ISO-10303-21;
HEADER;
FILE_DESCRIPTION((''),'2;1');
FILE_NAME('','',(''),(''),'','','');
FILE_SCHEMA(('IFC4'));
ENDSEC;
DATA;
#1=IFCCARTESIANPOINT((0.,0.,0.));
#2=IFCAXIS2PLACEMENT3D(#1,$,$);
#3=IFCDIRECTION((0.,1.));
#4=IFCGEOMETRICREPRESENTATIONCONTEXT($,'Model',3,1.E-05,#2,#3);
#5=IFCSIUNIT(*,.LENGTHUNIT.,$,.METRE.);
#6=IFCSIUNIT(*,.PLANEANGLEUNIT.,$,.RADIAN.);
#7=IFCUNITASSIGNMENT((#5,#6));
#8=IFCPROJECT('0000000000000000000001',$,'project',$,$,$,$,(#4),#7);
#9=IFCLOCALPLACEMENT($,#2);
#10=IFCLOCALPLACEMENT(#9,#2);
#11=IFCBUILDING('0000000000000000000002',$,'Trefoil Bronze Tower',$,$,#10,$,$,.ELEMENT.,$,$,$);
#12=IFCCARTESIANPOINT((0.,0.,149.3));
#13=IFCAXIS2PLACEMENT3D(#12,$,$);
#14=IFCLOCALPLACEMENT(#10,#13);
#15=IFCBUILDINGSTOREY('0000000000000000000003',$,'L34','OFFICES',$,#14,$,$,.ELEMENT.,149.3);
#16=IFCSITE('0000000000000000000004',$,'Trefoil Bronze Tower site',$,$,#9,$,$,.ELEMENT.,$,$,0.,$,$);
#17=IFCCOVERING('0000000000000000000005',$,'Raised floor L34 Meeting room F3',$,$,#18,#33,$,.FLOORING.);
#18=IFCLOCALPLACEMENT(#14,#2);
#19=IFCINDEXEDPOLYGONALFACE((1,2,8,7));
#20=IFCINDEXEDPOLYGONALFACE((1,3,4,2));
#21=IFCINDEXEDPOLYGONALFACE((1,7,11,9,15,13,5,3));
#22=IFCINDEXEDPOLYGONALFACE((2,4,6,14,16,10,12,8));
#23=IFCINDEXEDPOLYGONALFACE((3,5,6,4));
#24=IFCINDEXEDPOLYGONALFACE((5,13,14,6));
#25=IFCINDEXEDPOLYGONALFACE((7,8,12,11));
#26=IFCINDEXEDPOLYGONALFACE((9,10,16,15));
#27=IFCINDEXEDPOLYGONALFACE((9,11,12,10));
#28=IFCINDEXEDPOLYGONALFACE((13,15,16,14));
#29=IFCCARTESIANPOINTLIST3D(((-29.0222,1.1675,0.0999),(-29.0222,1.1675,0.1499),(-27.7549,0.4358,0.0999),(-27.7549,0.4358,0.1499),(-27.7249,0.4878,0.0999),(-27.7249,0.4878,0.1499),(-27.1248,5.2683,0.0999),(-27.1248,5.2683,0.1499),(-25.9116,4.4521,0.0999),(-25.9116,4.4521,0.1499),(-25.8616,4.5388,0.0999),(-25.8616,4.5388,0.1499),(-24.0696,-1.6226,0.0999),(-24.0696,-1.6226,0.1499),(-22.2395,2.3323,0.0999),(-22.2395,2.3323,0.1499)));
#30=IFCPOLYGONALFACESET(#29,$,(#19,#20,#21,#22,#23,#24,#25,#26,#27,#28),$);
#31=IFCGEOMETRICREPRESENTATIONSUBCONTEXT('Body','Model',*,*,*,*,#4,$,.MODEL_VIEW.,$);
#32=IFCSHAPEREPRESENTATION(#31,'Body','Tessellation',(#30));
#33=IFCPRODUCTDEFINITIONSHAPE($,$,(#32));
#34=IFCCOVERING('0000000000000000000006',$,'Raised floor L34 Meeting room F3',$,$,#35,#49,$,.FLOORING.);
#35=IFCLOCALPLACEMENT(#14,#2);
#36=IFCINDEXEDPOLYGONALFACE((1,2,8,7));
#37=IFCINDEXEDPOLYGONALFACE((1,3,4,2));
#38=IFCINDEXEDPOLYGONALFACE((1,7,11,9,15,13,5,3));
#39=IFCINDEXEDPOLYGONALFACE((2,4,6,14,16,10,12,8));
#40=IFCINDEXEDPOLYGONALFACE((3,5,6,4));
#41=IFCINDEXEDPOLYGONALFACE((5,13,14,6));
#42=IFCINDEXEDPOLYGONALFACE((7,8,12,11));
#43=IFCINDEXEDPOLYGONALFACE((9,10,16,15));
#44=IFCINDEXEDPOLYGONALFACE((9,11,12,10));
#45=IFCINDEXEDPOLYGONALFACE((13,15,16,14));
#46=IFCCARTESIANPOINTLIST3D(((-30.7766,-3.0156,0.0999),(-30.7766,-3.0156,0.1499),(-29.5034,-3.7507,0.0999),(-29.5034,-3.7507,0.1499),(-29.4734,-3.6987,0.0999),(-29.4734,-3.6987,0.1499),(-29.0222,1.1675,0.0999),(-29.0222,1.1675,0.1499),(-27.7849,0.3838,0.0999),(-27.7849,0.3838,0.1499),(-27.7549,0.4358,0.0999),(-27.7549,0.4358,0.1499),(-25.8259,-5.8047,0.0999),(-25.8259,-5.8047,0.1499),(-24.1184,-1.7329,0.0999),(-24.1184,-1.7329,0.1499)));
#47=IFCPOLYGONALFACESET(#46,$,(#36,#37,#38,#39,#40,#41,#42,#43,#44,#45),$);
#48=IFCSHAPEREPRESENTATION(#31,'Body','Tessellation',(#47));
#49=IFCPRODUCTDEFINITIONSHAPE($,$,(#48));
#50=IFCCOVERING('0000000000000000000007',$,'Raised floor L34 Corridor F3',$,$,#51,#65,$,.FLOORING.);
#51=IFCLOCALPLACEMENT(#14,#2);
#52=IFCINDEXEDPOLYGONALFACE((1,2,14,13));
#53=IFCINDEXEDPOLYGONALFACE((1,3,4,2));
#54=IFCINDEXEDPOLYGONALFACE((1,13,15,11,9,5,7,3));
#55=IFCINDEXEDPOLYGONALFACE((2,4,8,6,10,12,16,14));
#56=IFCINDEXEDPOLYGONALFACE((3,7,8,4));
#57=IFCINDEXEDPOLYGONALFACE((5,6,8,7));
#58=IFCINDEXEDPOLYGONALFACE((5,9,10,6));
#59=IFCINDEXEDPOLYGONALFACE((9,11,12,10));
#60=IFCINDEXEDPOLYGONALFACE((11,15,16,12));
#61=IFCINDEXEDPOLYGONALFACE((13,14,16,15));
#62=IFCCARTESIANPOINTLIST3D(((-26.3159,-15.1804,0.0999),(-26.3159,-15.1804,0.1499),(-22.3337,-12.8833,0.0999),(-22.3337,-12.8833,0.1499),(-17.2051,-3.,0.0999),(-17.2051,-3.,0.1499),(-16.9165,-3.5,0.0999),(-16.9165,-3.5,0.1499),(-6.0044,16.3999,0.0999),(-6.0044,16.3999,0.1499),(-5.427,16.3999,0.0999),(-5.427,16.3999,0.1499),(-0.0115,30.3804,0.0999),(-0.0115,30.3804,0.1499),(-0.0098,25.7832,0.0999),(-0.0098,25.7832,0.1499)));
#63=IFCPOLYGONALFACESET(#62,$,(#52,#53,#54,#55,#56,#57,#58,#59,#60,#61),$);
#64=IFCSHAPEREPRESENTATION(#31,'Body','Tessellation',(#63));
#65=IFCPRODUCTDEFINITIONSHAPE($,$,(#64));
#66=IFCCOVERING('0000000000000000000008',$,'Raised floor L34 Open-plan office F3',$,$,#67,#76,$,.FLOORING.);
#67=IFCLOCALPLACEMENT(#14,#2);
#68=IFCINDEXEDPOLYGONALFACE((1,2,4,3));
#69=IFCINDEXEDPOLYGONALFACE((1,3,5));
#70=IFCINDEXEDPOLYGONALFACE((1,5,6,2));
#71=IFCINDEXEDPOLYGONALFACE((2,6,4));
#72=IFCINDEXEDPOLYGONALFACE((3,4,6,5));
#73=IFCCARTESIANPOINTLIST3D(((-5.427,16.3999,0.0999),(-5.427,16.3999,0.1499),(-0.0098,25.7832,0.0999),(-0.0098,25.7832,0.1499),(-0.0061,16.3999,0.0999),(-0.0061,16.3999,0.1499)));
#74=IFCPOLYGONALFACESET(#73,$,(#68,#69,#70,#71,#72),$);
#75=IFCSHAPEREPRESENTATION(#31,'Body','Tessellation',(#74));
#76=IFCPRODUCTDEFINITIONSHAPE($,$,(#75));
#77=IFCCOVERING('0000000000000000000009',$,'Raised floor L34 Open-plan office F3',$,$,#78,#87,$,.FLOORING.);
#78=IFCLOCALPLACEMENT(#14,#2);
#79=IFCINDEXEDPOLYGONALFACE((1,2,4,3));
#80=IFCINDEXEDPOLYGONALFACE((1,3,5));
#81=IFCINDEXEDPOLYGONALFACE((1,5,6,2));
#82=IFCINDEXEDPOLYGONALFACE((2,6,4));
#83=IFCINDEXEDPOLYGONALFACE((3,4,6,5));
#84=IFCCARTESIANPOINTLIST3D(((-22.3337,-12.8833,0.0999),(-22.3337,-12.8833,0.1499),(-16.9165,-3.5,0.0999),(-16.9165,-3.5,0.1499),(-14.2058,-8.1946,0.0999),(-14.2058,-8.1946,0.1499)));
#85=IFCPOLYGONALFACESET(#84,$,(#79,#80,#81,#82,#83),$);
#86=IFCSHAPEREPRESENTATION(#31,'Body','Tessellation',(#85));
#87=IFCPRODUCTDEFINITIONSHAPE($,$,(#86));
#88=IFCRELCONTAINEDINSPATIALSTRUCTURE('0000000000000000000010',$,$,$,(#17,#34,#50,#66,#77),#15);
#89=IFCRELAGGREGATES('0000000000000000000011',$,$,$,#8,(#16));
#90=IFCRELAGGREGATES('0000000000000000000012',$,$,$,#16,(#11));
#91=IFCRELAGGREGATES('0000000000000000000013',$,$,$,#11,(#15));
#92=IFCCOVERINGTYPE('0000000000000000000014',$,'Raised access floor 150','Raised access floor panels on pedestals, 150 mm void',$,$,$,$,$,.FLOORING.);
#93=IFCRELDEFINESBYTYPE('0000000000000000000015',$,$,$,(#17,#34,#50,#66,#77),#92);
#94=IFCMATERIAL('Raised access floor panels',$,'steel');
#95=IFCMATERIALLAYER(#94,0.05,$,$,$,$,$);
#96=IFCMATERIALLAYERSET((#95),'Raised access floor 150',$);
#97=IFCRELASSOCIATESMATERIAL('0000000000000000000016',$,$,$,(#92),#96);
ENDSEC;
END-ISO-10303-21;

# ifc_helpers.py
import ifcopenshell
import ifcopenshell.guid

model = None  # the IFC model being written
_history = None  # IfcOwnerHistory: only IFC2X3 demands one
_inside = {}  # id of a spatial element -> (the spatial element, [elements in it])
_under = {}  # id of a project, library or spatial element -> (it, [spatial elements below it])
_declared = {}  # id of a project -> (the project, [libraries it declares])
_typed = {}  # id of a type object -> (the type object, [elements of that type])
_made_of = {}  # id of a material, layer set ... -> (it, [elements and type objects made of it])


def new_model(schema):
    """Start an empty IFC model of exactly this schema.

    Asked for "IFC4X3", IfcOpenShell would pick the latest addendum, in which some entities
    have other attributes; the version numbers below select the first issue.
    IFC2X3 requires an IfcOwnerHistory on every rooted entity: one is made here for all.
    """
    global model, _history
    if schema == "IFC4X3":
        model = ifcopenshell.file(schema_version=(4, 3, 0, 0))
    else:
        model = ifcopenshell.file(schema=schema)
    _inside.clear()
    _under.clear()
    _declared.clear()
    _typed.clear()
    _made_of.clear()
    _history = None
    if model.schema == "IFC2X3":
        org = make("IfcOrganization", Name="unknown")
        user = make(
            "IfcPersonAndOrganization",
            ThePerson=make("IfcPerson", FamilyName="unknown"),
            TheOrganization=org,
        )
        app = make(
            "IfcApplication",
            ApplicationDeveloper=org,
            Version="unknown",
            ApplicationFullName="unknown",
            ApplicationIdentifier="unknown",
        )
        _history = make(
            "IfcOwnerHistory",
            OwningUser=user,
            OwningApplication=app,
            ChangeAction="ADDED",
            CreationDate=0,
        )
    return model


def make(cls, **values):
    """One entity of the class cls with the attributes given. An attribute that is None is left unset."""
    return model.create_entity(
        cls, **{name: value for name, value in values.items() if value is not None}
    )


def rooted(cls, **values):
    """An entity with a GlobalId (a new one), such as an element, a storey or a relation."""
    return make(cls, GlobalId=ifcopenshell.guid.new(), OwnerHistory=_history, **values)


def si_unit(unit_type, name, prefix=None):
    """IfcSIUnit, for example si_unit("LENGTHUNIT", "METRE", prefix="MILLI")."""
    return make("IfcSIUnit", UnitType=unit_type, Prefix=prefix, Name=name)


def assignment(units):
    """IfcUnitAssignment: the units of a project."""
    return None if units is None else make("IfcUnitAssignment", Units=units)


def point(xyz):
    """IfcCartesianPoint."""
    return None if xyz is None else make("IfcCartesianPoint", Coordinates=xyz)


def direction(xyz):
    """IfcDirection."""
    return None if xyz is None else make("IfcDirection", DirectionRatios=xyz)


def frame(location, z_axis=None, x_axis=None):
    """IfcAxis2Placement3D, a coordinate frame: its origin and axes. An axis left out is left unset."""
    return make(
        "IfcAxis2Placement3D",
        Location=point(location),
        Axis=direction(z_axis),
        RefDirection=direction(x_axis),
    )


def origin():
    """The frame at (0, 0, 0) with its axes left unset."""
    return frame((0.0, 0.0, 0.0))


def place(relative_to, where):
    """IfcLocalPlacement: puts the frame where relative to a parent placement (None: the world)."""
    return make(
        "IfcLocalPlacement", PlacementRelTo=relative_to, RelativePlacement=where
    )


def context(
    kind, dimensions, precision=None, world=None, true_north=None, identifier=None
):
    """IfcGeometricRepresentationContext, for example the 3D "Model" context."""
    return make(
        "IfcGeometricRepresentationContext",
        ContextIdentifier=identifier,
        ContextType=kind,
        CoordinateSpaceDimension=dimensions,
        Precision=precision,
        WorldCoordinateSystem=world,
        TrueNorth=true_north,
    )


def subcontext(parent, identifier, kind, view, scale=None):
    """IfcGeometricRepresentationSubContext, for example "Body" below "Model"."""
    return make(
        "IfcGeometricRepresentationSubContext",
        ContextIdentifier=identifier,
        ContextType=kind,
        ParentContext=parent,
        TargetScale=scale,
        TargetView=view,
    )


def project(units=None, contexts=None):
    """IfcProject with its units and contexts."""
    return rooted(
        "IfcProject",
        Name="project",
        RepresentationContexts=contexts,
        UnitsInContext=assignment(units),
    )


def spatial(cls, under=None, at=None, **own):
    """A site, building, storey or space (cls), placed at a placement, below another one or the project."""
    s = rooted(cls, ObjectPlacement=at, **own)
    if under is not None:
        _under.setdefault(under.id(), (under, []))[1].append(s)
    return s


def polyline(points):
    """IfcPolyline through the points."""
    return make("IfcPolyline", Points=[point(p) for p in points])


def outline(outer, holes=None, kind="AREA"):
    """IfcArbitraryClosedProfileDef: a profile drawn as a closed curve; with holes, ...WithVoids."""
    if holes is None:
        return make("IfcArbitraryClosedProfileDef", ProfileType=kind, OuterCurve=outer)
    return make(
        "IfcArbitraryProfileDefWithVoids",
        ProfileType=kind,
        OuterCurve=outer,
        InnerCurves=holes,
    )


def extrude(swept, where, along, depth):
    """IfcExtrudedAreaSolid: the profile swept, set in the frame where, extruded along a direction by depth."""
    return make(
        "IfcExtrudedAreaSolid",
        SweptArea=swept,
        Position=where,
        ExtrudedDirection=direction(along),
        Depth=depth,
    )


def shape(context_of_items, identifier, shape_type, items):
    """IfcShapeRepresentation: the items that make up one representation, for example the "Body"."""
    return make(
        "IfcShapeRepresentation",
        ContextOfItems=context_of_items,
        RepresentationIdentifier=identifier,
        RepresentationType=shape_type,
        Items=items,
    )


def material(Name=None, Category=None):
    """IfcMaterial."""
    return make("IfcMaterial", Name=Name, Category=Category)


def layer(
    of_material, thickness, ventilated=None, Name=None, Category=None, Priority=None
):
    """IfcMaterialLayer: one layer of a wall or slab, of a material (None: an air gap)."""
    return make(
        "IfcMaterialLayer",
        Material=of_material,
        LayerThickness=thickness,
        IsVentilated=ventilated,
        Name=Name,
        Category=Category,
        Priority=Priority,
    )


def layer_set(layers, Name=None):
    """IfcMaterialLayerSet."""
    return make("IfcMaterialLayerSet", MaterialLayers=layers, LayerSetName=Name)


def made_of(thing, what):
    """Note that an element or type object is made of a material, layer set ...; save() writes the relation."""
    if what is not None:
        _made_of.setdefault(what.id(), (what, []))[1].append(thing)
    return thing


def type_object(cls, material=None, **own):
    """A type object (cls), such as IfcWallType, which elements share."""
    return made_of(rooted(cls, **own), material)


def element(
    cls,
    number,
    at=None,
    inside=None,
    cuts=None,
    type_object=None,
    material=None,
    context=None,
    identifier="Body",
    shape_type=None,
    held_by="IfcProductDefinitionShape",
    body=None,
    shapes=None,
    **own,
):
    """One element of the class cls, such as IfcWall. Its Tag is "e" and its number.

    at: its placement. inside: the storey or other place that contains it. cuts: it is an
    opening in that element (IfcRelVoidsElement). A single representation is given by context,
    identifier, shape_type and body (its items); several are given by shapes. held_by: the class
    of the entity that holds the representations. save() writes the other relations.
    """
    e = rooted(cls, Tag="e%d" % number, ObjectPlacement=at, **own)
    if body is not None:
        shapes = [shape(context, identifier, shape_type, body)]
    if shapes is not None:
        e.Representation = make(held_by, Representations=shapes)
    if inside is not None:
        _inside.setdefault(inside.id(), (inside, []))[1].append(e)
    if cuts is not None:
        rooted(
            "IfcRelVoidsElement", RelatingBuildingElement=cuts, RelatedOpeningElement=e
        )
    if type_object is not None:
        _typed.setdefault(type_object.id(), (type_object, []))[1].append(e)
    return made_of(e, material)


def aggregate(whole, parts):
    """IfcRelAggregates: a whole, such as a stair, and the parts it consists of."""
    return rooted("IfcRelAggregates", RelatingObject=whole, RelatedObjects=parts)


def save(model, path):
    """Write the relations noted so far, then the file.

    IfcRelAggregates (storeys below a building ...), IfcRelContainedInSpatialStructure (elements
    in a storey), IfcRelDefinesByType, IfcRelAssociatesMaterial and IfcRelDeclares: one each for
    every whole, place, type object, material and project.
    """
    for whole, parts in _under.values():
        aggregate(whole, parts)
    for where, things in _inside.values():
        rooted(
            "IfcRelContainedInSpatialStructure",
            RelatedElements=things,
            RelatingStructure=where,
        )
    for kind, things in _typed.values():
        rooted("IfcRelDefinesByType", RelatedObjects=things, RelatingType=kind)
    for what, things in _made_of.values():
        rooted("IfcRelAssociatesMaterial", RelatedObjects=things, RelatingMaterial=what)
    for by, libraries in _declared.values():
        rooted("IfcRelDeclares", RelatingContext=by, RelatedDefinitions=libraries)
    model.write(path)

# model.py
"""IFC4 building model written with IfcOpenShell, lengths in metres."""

from ifc_helpers import new_model, si_unit, direction, frame, origin, place, context, subcontext, project, spatial, polyline, outline, extrude, material, layer, layer_set, type_object, element, save


model = new_model("IFC4")

# Units and contexts
model_context = context("Model", 3, precision=1e-05, world=origin(), true_north=direction((0.0, 1.0)))
body_context = subcontext(model_context, "Body", "Model", "MODEL_VIEW")
ifc_project = project(units=[si_unit("LENGTHUNIT", "METRE"), si_unit("PLANEANGLEUNIT", "RADIAN")], contexts=[model_context])

# Site, building, storey
site_placement = place(None, origin())
site = spatial("IfcSite", under=ifc_project, at=site_placement, Name="Trefoil Bronze Tower site", CompositionType="ELEMENT", RefElevation=0.0)
building_placement = place(site_placement, origin())
building = spatial("IfcBuilding", under=site, at=building_placement, Name="Trefoil Bronze Tower", CompositionType="ELEMENT")
storey_placement = place(building_placement, frame((0.0, 0.0, 149.3)))
storey = spatial("IfcBuildingStorey", under=building, at=storey_placement, Name="L34", Description="OFFICES", CompositionType="ELEMENT", Elevation=149.3)

# Coverings
ifc_material_1 = material(Name="Raised access floor panels", Category="steel")
ifc_layer_1 = layer(ifc_material_1, 0.05)
ifc_layer_set_1 = layer_set([ifc_layer_1], Name="Raised access floor 150")
covering_type_1 = type_object("IfcCoveringType", Name="Raised access floor 150", Description="Raised access floor panels on pedestals, 150 mm void", PredefinedType="FLOORING", material=ifc_layer_set_1)
covering_1_placement = place(storey_placement, frame((0.0, 0.0, 0.0999)))
element("IfcCovering", 1, at=covering_1_placement, inside=storey, type_object=covering_type_1, Name="Raised floor L34 Meeting room F3", PredefinedType="FLOORING", context=body_context, shape_type="SweptSolid", body=[
    extrude(outline(polyline([(-25.8616, 4.5388), (-25.9116, 4.4521), (-22.2395, 2.3323), (-24.0696, -1.6226), (-27.7249, 0.4878), (-27.7549, 0.4358), (-29.0222, 1.1675), (-27.1248, 5.2683), (-25.8616, 4.5388)])), origin(), (0.0, 0.0, 1.0), 0.05),
])
covering_2_placement = place(storey_placement, frame((0.0, 0.0, 0.0999)))
element("IfcCovering", 2, at=covering_2_placement, inside=storey, type_object=covering_type_1, Name="Raised floor L34 Meeting room F3", PredefinedType="FLOORING", context=body_context, shape_type="SweptSolid", body=[
    extrude(outline(polyline([(-27.7549, 0.4358), (-27.7849, 0.3838), (-24.1184, -1.7329), (-25.8259, -5.8047), (-29.4734, -3.6987), (-29.5034, -3.7507), (-30.7766, -3.0156), (-29.0222, 1.1675), (-27.7549, 0.4358)])), origin(), (0.0, 0.0, 1.0), 0.05),
])
covering_3_placement = place(storey_placement, frame((0.0, 0.0, 0.0999)))
element("IfcCovering", 3, at=covering_3_placement, inside=storey, type_object=covering_type_1, Name="Raised floor L34 Corridor F3", PredefinedType="FLOORING", context=body_context, shape_type="SweptSolid", body=[
    extrude(outline(polyline([(-26.3159, -15.1804), (-0.0115, 30.3804), (-0.0098, 25.7832), (-5.427, 16.3999), (-6.0044, 16.3999), (-17.2051, -3.0), (-16.9165, -3.5), (-22.3337, -12.8833), (-26.3159, -15.1804)])), origin(), (0.0, 0.0, 1.0), 0.05),
])
covering_4_placement = place(storey_placement, frame((0.0, 0.0, 0.0999)))
element("IfcCovering", 4, at=covering_4_placement, inside=storey, type_object=covering_type_1, Name="Raised floor L34 Open-plan office F3", PredefinedType="FLOORING", context=body_context, shape_type="SweptSolid", body=[
    extrude(outline(polyline([(-0.0098, 25.7832), (-0.0061, 16.3999), (-5.427, 16.3999), (-0.0098, 25.7832)])), origin(), (0.0, 0.0, 1.0), 0.05),
])
covering_5_placement = place(storey_placement, frame((0.0, 0.0, 0.0999)))
element("IfcCovering", 5, at=covering_5_placement, inside=storey, type_object=covering_type_1, Name="Raised floor L34 Open-plan office F3", PredefinedType="FLOORING", context=body_context, shape_type="SweptSolid", body=[
    extrude(outline(polyline([(-16.9165, -3.5), (-14.2058, -8.1946), (-22.3337, -12.8833), (-16.9165, -3.5)])), origin(), (0.0, 0.0, 1.0), 0.05),
])

save(model, "model.ifc")
